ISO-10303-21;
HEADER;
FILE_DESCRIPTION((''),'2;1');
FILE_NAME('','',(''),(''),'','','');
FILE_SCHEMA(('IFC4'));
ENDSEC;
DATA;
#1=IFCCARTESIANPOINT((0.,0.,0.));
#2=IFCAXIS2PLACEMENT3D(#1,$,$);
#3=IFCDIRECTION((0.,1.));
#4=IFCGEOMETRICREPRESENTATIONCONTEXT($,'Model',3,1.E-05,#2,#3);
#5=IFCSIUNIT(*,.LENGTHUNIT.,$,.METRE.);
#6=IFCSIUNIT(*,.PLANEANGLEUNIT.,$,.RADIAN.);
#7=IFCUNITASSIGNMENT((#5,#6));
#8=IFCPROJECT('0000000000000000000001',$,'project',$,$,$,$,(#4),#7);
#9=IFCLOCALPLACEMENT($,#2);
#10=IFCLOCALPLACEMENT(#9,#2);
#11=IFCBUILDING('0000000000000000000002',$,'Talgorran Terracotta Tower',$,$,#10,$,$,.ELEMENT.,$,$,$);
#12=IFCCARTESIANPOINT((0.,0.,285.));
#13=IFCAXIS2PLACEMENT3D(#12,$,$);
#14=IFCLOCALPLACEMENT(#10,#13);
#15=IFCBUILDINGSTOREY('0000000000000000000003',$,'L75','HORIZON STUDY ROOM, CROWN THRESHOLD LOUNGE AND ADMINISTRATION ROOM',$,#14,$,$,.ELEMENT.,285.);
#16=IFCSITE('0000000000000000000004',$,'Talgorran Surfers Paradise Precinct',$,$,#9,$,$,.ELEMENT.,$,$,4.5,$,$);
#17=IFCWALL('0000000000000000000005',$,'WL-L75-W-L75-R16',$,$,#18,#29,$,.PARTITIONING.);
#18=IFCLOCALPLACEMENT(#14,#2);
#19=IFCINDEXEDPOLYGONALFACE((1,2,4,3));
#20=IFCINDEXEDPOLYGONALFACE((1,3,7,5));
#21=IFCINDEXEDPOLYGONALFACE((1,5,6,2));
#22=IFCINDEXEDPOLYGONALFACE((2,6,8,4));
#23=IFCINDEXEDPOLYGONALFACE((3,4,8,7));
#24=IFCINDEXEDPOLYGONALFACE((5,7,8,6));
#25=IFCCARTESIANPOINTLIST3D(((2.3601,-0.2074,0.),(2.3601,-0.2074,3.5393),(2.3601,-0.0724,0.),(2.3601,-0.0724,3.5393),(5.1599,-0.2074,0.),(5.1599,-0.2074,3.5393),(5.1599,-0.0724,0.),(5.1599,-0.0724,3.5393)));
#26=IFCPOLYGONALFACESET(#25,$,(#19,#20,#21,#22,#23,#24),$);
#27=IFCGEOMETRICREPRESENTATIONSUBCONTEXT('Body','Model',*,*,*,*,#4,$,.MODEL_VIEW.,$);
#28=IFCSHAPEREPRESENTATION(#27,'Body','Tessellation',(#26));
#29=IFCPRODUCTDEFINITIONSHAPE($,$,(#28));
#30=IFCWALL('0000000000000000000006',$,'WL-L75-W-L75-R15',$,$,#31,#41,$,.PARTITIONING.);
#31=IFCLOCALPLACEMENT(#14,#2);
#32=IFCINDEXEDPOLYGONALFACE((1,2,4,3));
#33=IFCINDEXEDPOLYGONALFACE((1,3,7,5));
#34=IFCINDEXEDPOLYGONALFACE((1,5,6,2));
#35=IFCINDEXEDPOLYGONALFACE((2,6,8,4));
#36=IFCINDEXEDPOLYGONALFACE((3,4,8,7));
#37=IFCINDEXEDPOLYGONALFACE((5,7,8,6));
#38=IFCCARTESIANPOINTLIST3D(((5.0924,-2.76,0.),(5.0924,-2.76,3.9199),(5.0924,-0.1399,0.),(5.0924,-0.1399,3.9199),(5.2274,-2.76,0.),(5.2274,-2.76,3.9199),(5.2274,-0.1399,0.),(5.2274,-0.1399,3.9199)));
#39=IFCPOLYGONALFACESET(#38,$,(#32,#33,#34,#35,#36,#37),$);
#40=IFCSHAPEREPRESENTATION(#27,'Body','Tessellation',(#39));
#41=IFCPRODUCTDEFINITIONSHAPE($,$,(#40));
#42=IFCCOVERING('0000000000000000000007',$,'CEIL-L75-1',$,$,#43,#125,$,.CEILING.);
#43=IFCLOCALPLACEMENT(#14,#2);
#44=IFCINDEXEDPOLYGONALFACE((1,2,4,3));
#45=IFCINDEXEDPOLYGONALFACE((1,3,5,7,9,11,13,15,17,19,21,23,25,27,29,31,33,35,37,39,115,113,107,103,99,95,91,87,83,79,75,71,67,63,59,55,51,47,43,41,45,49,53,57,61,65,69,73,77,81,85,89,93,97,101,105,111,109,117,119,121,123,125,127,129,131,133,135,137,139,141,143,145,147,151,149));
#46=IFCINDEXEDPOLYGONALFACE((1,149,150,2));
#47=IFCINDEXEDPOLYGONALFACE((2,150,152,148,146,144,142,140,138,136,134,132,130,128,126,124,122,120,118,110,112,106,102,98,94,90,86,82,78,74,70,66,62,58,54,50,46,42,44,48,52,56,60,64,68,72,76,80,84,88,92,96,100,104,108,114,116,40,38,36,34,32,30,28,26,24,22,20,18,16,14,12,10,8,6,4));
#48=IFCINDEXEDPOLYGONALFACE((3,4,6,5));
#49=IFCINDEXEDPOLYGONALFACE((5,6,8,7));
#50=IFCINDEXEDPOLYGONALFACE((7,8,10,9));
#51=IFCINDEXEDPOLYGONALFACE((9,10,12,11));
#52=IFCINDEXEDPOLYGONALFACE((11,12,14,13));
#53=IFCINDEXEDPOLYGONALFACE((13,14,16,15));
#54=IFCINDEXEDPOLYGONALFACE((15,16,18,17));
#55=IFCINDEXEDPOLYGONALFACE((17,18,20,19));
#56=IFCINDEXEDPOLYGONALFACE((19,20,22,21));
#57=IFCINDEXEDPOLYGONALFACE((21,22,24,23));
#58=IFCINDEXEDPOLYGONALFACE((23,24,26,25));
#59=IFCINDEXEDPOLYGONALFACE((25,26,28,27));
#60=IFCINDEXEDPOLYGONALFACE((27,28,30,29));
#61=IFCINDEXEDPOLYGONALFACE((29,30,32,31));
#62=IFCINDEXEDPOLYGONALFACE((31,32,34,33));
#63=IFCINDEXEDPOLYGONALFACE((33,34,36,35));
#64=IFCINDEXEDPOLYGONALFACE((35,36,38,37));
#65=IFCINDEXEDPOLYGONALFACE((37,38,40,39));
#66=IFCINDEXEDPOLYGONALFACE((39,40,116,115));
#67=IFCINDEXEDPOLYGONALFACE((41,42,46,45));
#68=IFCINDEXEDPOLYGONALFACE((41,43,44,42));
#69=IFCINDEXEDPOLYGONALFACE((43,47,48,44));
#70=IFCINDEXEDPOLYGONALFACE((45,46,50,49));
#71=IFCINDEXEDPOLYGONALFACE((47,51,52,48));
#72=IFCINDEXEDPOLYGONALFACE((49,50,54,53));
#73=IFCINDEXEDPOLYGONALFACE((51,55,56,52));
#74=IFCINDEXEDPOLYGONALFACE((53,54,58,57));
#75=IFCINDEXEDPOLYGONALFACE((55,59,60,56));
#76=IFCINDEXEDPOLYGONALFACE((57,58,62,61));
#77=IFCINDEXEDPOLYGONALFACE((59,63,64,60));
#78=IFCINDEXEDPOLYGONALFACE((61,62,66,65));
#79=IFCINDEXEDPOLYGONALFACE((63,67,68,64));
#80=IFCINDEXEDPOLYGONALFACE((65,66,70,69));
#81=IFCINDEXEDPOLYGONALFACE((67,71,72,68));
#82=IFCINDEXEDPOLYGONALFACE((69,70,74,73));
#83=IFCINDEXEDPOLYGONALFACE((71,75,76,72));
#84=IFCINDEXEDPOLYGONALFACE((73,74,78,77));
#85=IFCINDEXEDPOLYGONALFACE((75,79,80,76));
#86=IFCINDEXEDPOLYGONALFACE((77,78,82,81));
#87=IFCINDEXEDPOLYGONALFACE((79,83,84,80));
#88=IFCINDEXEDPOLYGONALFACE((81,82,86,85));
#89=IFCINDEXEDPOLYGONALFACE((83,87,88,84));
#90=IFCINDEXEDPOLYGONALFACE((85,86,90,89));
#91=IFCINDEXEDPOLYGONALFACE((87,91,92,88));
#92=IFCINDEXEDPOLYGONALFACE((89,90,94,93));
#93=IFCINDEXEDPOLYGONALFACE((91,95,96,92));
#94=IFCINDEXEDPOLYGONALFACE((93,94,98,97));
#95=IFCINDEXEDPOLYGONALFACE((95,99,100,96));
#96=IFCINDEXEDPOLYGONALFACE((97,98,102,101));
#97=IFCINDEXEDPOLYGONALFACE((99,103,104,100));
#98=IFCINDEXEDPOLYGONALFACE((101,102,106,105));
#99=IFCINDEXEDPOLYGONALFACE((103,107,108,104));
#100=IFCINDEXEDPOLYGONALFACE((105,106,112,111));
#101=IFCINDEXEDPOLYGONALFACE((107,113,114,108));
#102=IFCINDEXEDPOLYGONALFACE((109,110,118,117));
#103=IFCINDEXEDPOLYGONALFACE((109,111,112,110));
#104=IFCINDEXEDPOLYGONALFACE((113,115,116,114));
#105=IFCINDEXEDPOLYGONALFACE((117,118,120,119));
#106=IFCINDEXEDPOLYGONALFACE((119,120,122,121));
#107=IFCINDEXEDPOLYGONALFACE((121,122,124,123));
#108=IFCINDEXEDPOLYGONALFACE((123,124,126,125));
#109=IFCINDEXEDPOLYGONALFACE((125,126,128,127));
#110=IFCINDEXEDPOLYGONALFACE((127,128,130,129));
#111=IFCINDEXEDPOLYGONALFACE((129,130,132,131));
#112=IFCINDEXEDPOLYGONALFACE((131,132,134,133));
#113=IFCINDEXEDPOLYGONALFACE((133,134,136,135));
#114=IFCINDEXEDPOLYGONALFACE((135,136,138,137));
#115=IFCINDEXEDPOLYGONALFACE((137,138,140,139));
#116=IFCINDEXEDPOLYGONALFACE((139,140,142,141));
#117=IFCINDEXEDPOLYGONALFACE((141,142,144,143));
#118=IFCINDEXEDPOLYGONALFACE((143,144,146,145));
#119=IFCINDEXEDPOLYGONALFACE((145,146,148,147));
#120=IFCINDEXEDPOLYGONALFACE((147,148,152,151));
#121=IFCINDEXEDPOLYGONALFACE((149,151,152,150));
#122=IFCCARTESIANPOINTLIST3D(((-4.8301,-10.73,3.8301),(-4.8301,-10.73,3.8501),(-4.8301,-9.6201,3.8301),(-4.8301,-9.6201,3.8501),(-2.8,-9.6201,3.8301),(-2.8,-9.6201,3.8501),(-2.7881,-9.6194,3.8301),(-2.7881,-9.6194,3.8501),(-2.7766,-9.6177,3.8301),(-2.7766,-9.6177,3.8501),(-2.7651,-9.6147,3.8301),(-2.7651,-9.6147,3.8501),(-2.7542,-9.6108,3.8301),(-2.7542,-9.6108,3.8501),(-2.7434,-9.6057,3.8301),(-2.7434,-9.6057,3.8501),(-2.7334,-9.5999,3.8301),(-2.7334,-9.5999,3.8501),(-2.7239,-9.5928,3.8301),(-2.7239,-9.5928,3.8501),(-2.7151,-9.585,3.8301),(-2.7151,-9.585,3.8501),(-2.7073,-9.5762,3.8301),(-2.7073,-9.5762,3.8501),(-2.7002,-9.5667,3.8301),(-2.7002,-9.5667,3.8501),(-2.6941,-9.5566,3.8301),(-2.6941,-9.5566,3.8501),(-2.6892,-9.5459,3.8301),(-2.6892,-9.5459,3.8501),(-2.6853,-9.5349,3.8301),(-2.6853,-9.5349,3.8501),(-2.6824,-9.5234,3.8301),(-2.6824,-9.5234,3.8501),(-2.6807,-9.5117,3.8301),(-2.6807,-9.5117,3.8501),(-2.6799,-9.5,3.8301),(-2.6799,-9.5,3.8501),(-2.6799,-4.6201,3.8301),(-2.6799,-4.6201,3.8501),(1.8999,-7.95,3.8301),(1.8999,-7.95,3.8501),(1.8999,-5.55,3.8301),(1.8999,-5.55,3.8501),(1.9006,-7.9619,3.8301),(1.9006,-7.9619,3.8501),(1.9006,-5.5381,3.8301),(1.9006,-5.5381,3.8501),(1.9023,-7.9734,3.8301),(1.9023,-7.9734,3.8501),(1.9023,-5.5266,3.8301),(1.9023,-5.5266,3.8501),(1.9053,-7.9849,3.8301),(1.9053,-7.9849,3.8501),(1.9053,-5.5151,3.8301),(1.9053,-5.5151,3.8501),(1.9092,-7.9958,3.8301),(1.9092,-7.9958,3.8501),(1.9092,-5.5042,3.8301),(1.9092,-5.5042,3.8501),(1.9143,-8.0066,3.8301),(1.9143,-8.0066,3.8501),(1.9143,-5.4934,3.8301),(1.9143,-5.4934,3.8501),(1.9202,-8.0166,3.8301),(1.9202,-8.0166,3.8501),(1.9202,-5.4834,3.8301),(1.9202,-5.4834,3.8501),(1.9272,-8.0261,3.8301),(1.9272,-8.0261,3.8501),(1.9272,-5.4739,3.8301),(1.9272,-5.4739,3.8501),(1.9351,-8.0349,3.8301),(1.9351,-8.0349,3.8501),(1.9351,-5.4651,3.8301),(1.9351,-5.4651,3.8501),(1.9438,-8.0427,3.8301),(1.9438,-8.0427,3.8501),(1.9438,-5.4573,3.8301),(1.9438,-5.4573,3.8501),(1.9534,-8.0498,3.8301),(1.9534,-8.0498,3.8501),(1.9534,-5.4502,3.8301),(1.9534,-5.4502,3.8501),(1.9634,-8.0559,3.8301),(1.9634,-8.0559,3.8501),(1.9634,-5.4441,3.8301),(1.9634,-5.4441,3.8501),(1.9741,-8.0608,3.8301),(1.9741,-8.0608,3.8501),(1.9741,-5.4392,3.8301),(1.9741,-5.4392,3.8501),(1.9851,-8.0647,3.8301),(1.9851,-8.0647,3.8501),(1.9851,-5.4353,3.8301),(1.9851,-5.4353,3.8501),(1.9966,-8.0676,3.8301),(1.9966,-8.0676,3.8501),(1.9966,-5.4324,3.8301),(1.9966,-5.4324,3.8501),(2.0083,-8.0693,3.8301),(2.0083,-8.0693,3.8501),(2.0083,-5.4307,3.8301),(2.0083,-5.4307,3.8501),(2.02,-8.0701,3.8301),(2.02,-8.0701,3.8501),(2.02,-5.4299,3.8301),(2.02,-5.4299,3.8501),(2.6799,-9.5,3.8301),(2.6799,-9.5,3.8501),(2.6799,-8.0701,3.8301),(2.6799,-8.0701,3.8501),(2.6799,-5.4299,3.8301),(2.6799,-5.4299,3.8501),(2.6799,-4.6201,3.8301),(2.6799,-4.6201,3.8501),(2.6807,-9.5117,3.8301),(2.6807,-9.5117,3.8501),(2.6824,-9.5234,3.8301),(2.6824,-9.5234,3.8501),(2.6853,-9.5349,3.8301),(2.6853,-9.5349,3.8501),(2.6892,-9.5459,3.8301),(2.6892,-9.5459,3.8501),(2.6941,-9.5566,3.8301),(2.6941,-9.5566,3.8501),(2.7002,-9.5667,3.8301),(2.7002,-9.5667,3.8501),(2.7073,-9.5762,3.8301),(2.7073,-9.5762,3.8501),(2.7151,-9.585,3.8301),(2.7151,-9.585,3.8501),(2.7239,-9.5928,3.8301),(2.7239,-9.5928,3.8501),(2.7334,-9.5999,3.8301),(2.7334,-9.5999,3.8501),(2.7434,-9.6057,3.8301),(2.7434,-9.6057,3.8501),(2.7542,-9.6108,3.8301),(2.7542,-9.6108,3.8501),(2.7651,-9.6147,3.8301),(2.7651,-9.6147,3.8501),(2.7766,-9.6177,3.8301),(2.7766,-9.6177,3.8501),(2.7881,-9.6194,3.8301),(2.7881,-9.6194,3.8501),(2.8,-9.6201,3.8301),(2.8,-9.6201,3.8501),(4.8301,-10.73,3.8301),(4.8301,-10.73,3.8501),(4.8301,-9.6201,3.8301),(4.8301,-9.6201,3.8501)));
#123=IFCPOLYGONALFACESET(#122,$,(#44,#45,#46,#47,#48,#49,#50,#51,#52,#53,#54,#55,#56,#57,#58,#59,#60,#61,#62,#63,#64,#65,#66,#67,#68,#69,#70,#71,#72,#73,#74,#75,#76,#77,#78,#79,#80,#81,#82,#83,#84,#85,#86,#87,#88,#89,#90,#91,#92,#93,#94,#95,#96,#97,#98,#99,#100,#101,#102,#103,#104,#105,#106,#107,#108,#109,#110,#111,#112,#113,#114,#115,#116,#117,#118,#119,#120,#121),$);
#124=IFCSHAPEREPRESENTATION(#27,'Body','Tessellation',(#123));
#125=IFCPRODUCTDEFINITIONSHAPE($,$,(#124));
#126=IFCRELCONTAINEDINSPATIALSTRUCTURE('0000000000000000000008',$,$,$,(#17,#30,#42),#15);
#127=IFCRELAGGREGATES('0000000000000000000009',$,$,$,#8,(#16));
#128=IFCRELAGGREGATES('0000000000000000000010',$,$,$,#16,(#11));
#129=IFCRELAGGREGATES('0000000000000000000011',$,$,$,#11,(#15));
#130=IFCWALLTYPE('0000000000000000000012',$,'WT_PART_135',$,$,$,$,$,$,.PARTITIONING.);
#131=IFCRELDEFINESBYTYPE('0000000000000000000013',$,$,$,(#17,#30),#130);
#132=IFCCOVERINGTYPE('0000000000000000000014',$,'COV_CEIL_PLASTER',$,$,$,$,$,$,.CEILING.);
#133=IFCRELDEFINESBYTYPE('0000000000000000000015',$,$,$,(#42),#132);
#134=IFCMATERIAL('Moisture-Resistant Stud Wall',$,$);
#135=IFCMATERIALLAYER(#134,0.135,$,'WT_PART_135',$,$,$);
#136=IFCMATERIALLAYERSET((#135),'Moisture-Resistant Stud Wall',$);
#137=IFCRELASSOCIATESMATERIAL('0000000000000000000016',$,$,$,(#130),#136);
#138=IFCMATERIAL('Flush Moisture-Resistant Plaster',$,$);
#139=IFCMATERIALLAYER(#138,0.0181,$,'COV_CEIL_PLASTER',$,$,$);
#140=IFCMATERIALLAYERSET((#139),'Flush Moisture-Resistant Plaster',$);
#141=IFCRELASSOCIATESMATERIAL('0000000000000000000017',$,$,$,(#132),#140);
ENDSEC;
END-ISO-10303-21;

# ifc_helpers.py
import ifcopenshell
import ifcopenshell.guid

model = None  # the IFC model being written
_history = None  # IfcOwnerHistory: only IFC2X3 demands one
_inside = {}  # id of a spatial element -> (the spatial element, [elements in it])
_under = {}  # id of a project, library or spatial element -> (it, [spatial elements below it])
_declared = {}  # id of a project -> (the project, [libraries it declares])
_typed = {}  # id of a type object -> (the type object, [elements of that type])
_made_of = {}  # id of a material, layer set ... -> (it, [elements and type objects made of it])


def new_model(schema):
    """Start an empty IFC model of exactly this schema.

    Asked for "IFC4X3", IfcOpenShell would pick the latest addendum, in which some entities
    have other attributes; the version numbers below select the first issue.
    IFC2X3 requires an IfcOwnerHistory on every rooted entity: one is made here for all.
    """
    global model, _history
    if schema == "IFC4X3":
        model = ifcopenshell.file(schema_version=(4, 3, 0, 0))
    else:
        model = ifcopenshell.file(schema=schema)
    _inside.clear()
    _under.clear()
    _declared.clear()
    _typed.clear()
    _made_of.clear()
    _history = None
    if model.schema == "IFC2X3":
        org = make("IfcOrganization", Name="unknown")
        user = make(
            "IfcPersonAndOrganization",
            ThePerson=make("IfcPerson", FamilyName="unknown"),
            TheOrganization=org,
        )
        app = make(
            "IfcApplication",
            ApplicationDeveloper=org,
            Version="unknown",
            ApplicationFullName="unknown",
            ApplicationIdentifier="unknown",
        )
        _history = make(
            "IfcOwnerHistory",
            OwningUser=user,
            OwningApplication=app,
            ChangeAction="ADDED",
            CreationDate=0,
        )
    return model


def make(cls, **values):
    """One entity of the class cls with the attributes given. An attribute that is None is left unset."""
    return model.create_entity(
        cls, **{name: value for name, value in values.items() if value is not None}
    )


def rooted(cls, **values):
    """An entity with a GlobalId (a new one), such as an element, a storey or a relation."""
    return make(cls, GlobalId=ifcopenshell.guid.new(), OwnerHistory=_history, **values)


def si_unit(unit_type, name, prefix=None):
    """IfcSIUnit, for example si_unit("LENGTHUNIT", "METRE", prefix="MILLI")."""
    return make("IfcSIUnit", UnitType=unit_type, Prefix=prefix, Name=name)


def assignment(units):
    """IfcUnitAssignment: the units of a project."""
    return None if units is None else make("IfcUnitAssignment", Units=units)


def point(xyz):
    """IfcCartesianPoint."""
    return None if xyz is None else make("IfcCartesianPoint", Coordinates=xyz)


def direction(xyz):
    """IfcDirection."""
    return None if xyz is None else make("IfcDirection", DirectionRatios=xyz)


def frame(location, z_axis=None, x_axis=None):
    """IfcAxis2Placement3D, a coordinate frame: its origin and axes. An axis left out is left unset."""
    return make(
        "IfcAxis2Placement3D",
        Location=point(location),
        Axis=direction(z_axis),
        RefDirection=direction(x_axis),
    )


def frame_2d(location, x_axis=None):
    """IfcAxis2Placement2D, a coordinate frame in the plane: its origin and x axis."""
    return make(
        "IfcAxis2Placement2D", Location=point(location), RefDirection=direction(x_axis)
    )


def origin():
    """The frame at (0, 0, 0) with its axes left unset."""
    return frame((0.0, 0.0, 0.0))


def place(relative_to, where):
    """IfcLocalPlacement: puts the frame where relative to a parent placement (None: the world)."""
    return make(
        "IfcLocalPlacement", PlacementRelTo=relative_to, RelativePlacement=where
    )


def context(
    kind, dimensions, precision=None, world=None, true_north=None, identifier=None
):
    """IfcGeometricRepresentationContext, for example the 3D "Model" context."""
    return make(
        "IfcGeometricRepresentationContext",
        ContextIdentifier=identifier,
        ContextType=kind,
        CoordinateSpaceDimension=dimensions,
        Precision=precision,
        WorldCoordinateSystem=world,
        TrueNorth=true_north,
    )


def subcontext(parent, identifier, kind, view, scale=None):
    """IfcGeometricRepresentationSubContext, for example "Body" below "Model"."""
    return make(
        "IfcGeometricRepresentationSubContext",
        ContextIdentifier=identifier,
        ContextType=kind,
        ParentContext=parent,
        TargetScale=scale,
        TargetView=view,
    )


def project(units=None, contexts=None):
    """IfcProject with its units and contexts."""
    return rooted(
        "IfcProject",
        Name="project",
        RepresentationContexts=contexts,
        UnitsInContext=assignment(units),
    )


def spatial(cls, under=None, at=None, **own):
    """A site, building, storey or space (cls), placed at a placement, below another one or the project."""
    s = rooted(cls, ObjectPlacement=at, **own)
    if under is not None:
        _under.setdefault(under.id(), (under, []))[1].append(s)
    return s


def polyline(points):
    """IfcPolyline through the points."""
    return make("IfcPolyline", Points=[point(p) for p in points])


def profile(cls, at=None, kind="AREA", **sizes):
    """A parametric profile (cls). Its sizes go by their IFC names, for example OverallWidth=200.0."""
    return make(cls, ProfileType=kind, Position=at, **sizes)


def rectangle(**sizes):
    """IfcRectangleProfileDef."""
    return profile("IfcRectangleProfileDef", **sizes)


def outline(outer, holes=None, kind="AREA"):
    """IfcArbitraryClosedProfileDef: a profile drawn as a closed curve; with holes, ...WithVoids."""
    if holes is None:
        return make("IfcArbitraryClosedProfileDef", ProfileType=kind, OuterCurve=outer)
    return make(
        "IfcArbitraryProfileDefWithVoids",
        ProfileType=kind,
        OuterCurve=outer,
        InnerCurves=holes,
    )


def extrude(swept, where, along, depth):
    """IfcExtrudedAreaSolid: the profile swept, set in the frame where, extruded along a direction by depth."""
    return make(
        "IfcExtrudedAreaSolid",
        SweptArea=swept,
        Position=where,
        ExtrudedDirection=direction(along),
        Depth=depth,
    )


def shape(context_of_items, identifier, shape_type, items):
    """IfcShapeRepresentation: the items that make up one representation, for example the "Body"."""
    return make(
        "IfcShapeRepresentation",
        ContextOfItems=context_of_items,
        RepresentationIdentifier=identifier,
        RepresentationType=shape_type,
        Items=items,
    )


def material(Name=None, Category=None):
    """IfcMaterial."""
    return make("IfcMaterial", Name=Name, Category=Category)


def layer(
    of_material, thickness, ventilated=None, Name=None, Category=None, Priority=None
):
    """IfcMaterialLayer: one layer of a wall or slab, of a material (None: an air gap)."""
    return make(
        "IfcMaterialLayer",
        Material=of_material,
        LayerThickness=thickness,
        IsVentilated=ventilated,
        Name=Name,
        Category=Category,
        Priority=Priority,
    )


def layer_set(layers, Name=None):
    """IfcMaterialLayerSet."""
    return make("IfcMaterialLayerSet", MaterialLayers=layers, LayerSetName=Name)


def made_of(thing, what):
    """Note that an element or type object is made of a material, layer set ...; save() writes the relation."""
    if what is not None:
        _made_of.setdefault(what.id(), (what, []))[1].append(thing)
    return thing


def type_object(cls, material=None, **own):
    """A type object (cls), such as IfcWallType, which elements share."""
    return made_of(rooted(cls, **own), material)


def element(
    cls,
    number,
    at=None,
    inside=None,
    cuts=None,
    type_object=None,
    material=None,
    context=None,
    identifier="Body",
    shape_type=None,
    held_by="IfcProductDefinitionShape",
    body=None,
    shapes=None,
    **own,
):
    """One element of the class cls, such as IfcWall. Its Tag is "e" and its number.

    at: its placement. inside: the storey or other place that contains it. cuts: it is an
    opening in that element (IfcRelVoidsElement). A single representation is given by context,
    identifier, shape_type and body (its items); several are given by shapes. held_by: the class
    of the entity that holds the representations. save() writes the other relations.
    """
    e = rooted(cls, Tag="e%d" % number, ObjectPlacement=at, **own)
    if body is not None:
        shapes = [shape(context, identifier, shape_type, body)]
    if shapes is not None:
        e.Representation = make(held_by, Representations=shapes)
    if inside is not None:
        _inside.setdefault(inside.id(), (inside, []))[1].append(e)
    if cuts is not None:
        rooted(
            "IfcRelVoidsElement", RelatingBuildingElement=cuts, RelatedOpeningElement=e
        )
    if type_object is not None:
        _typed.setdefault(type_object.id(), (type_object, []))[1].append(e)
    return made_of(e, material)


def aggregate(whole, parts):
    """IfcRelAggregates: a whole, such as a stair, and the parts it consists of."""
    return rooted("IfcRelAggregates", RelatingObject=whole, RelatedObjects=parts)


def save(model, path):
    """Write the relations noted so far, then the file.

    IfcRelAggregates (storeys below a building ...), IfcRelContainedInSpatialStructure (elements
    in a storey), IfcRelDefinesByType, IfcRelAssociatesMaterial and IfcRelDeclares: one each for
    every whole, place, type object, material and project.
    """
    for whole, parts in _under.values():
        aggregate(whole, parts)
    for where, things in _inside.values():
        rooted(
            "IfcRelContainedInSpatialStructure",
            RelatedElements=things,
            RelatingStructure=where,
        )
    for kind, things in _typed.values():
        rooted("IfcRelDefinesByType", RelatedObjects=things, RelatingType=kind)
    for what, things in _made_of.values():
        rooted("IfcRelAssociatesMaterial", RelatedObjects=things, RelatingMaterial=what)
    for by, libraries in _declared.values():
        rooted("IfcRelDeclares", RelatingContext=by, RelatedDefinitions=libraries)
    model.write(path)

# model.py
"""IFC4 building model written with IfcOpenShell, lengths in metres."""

from ifc_helpers import new_model, si_unit, direction, frame, frame_2d, origin, place, context, subcontext, project, spatial, polyline, rectangle, outline, extrude, material, layer, layer_set, type_object, element, save


model = new_model("IFC4")

# Units and contexts
model_context = context("Model", 3, precision=1e-05, world=origin(), true_north=direction((0.0, 1.0)))
body_context = subcontext(model_context, "Body", "Model", "MODEL_VIEW")
ifc_project = project(units=[si_unit("LENGTHUNIT", "METRE"), si_unit("PLANEANGLEUNIT", "RADIAN")], contexts=[model_context])

# Site, building, storey
site_placement = place(None, origin())
site = spatial("IfcSite", under=ifc_project, at=site_placement, Name="Talgorran Surfers Paradise Precinct", CompositionType="ELEMENT", RefElevation=4.5)
building_placement = place(site_placement, origin())
building = spatial("IfcBuilding", under=site, at=building_placement, Name="Talgorran Terracotta Tower", CompositionType="ELEMENT")
storey_placement = place(building_placement, frame((0.0, 0.0, 285.0)))
storey = spatial("IfcBuildingStorey", under=building, at=storey_placement, Name="L75", Description="HORIZON STUDY ROOM, CROWN THRESHOLD LOUNGE AND ADMINISTRATION ROOM", CompositionType="ELEMENT", Elevation=285.0)

# Walls
ifc_material_1 = material(Name="Moisture-Resistant Stud Wall")
ifc_layer_1 = layer(ifc_material_1, 0.135, Name="WT_PART_135")
ifc_layer_set_1 = layer_set([ifc_layer_1], Name="Moisture-Resistant Stud Wall")
wall_type_1 = type_object("IfcWallType", Name="WT_PART_135", PredefinedType="PARTITIONING", material=ifc_layer_set_1)
wall_1_placement = place(storey_placement, frame((2.3601, -0.1399, 0.0), z_axis=(0.0, 0.0, 1.0), x_axis=(1.0, 0.0, 0.0)))
element("IfcWall", 1, at=wall_1_placement, inside=storey, type_object=wall_type_1, Name="WL-L75-W-L75-R16", PredefinedType="PARTITIONING", context=body_context, shape_type="SweptSolid", body=[
    extrude(rectangle(XDim=2.7998, YDim=0.135, at=frame_2d((1.3999, 0.0))), origin(), (0.0, 0.0, 1.0), 3.5393),
])
wall_2_placement = place(storey_placement, frame((5.1599, -2.76, 0.0), z_axis=(0.0, 0.0, 1.0), x_axis=(0.0, 1.0, 0.0)))
element("IfcWall", 2, at=wall_2_placement, inside=storey, type_object=wall_type_1, Name="WL-L75-W-L75-R15", PredefinedType="PARTITIONING", context=body_context, shape_type="SweptSolid", body=[
    extrude(rectangle(XDim=2.6201, YDim=0.135, at=frame_2d((1.3101, 0.0))), origin(), (0.0, 0.0, 1.0), 3.9199),
])

# Covering
ifc_material_2 = material(Name="Flush Moisture-Resistant Plaster")
ifc_layer_2 = layer(ifc_material_2, 0.0181, Name="COV_CEIL_PLASTER")
ifc_layer_set_2 = layer_set([ifc_layer_2], Name="Flush Moisture-Resistant Plaster")
covering_type_1 = type_object("IfcCoveringType", Name="COV_CEIL_PLASTER", PredefinedType="CEILING", material=ifc_layer_set_2)
covering_1_placement = place(storey_placement, frame((0.0, 0.0, 3.8301)))
element("IfcCovering", 3, at=covering_1_placement, inside=storey, type_object=covering_type_1, Name="CEIL-L75-1", PredefinedType="CEILING", context=body_context, shape_type="SweptSolid", body=[
    extrude(outline(polyline([(4.8301, -9.6201), (4.8301, -10.73), (-4.8301, -10.73), (-4.8301, -9.6201), (-2.8, -9.6201), (-2.7881, -9.6194), (-2.7766, -9.6177), (-2.7651, -9.6147), (-2.7542, -9.6108), (-2.7434, -9.6057), (-2.7334, -9.5999), (-2.7239, -9.5928), (-2.7151, -9.585), (-2.7073, -9.5762), (-2.7002, -9.5667), (-2.6941, -9.5566), (-2.6892, -9.5459), (-2.6853, -9.5349), (-2.6824, -9.5234), (-2.6807, -9.5117), (-2.6799, -9.5), (-2.6799, -4.6201), (2.6799, -4.6201), (2.6799, -5.4299), (2.02, -5.4299), (2.0083, -5.4307), (1.9966, -5.4324), (1.9851, -5.4353), (1.9741, -5.4392), (1.9634, -5.4441), (1.9534, -5.4502), (1.9438, -5.4573), (1.9351, -5.4651), (1.9272, -5.4739), (1.9202, -5.4834), (1.9143, -5.4934), (1.9092, -5.5042), (1.9053, -5.5151), (1.9023, -5.5266), (1.9006, -5.5381), (1.8999, -5.55), (1.8999, -7.95), (1.9006, -7.9619), (1.9023, -7.9734), (1.9053, -7.9849), (1.9092, -7.9958), (1.9143, -8.0066), (1.9202, -8.0166), (1.9272, -8.0261), (1.9351, -8.0349), (1.9438, -8.0427), (1.9534, -8.0498), (1.9634, -8.0559), (1.9741, -8.0608), (1.9851, -8.0647), (1.9966, -8.0676), (2.0083, -8.0693), (2.02, -8.0701), (2.6799, -8.0701), (2.6799, -9.5), (2.6807, -9.5117), (2.6824, -9.5234), (2.6853, -9.5349), (2.6892, -9.5459), (2.6941, -9.5566), (2.7002, -9.5667), (2.7073, -9.5762), (2.7151, -9.585), (2.7239, -9.5928), (2.7334, -9.5999), (2.7434, -9.6057), (2.7542, -9.6108), (2.7651, -9.6147), (2.7766, -9.6177), (2.7881, -9.6194), (2.8, -9.6201), (4.8301, -9.6201)])), origin(), (0.0, 0.0, 1.0), 0.02),
])

save(model, "model.ifc")
